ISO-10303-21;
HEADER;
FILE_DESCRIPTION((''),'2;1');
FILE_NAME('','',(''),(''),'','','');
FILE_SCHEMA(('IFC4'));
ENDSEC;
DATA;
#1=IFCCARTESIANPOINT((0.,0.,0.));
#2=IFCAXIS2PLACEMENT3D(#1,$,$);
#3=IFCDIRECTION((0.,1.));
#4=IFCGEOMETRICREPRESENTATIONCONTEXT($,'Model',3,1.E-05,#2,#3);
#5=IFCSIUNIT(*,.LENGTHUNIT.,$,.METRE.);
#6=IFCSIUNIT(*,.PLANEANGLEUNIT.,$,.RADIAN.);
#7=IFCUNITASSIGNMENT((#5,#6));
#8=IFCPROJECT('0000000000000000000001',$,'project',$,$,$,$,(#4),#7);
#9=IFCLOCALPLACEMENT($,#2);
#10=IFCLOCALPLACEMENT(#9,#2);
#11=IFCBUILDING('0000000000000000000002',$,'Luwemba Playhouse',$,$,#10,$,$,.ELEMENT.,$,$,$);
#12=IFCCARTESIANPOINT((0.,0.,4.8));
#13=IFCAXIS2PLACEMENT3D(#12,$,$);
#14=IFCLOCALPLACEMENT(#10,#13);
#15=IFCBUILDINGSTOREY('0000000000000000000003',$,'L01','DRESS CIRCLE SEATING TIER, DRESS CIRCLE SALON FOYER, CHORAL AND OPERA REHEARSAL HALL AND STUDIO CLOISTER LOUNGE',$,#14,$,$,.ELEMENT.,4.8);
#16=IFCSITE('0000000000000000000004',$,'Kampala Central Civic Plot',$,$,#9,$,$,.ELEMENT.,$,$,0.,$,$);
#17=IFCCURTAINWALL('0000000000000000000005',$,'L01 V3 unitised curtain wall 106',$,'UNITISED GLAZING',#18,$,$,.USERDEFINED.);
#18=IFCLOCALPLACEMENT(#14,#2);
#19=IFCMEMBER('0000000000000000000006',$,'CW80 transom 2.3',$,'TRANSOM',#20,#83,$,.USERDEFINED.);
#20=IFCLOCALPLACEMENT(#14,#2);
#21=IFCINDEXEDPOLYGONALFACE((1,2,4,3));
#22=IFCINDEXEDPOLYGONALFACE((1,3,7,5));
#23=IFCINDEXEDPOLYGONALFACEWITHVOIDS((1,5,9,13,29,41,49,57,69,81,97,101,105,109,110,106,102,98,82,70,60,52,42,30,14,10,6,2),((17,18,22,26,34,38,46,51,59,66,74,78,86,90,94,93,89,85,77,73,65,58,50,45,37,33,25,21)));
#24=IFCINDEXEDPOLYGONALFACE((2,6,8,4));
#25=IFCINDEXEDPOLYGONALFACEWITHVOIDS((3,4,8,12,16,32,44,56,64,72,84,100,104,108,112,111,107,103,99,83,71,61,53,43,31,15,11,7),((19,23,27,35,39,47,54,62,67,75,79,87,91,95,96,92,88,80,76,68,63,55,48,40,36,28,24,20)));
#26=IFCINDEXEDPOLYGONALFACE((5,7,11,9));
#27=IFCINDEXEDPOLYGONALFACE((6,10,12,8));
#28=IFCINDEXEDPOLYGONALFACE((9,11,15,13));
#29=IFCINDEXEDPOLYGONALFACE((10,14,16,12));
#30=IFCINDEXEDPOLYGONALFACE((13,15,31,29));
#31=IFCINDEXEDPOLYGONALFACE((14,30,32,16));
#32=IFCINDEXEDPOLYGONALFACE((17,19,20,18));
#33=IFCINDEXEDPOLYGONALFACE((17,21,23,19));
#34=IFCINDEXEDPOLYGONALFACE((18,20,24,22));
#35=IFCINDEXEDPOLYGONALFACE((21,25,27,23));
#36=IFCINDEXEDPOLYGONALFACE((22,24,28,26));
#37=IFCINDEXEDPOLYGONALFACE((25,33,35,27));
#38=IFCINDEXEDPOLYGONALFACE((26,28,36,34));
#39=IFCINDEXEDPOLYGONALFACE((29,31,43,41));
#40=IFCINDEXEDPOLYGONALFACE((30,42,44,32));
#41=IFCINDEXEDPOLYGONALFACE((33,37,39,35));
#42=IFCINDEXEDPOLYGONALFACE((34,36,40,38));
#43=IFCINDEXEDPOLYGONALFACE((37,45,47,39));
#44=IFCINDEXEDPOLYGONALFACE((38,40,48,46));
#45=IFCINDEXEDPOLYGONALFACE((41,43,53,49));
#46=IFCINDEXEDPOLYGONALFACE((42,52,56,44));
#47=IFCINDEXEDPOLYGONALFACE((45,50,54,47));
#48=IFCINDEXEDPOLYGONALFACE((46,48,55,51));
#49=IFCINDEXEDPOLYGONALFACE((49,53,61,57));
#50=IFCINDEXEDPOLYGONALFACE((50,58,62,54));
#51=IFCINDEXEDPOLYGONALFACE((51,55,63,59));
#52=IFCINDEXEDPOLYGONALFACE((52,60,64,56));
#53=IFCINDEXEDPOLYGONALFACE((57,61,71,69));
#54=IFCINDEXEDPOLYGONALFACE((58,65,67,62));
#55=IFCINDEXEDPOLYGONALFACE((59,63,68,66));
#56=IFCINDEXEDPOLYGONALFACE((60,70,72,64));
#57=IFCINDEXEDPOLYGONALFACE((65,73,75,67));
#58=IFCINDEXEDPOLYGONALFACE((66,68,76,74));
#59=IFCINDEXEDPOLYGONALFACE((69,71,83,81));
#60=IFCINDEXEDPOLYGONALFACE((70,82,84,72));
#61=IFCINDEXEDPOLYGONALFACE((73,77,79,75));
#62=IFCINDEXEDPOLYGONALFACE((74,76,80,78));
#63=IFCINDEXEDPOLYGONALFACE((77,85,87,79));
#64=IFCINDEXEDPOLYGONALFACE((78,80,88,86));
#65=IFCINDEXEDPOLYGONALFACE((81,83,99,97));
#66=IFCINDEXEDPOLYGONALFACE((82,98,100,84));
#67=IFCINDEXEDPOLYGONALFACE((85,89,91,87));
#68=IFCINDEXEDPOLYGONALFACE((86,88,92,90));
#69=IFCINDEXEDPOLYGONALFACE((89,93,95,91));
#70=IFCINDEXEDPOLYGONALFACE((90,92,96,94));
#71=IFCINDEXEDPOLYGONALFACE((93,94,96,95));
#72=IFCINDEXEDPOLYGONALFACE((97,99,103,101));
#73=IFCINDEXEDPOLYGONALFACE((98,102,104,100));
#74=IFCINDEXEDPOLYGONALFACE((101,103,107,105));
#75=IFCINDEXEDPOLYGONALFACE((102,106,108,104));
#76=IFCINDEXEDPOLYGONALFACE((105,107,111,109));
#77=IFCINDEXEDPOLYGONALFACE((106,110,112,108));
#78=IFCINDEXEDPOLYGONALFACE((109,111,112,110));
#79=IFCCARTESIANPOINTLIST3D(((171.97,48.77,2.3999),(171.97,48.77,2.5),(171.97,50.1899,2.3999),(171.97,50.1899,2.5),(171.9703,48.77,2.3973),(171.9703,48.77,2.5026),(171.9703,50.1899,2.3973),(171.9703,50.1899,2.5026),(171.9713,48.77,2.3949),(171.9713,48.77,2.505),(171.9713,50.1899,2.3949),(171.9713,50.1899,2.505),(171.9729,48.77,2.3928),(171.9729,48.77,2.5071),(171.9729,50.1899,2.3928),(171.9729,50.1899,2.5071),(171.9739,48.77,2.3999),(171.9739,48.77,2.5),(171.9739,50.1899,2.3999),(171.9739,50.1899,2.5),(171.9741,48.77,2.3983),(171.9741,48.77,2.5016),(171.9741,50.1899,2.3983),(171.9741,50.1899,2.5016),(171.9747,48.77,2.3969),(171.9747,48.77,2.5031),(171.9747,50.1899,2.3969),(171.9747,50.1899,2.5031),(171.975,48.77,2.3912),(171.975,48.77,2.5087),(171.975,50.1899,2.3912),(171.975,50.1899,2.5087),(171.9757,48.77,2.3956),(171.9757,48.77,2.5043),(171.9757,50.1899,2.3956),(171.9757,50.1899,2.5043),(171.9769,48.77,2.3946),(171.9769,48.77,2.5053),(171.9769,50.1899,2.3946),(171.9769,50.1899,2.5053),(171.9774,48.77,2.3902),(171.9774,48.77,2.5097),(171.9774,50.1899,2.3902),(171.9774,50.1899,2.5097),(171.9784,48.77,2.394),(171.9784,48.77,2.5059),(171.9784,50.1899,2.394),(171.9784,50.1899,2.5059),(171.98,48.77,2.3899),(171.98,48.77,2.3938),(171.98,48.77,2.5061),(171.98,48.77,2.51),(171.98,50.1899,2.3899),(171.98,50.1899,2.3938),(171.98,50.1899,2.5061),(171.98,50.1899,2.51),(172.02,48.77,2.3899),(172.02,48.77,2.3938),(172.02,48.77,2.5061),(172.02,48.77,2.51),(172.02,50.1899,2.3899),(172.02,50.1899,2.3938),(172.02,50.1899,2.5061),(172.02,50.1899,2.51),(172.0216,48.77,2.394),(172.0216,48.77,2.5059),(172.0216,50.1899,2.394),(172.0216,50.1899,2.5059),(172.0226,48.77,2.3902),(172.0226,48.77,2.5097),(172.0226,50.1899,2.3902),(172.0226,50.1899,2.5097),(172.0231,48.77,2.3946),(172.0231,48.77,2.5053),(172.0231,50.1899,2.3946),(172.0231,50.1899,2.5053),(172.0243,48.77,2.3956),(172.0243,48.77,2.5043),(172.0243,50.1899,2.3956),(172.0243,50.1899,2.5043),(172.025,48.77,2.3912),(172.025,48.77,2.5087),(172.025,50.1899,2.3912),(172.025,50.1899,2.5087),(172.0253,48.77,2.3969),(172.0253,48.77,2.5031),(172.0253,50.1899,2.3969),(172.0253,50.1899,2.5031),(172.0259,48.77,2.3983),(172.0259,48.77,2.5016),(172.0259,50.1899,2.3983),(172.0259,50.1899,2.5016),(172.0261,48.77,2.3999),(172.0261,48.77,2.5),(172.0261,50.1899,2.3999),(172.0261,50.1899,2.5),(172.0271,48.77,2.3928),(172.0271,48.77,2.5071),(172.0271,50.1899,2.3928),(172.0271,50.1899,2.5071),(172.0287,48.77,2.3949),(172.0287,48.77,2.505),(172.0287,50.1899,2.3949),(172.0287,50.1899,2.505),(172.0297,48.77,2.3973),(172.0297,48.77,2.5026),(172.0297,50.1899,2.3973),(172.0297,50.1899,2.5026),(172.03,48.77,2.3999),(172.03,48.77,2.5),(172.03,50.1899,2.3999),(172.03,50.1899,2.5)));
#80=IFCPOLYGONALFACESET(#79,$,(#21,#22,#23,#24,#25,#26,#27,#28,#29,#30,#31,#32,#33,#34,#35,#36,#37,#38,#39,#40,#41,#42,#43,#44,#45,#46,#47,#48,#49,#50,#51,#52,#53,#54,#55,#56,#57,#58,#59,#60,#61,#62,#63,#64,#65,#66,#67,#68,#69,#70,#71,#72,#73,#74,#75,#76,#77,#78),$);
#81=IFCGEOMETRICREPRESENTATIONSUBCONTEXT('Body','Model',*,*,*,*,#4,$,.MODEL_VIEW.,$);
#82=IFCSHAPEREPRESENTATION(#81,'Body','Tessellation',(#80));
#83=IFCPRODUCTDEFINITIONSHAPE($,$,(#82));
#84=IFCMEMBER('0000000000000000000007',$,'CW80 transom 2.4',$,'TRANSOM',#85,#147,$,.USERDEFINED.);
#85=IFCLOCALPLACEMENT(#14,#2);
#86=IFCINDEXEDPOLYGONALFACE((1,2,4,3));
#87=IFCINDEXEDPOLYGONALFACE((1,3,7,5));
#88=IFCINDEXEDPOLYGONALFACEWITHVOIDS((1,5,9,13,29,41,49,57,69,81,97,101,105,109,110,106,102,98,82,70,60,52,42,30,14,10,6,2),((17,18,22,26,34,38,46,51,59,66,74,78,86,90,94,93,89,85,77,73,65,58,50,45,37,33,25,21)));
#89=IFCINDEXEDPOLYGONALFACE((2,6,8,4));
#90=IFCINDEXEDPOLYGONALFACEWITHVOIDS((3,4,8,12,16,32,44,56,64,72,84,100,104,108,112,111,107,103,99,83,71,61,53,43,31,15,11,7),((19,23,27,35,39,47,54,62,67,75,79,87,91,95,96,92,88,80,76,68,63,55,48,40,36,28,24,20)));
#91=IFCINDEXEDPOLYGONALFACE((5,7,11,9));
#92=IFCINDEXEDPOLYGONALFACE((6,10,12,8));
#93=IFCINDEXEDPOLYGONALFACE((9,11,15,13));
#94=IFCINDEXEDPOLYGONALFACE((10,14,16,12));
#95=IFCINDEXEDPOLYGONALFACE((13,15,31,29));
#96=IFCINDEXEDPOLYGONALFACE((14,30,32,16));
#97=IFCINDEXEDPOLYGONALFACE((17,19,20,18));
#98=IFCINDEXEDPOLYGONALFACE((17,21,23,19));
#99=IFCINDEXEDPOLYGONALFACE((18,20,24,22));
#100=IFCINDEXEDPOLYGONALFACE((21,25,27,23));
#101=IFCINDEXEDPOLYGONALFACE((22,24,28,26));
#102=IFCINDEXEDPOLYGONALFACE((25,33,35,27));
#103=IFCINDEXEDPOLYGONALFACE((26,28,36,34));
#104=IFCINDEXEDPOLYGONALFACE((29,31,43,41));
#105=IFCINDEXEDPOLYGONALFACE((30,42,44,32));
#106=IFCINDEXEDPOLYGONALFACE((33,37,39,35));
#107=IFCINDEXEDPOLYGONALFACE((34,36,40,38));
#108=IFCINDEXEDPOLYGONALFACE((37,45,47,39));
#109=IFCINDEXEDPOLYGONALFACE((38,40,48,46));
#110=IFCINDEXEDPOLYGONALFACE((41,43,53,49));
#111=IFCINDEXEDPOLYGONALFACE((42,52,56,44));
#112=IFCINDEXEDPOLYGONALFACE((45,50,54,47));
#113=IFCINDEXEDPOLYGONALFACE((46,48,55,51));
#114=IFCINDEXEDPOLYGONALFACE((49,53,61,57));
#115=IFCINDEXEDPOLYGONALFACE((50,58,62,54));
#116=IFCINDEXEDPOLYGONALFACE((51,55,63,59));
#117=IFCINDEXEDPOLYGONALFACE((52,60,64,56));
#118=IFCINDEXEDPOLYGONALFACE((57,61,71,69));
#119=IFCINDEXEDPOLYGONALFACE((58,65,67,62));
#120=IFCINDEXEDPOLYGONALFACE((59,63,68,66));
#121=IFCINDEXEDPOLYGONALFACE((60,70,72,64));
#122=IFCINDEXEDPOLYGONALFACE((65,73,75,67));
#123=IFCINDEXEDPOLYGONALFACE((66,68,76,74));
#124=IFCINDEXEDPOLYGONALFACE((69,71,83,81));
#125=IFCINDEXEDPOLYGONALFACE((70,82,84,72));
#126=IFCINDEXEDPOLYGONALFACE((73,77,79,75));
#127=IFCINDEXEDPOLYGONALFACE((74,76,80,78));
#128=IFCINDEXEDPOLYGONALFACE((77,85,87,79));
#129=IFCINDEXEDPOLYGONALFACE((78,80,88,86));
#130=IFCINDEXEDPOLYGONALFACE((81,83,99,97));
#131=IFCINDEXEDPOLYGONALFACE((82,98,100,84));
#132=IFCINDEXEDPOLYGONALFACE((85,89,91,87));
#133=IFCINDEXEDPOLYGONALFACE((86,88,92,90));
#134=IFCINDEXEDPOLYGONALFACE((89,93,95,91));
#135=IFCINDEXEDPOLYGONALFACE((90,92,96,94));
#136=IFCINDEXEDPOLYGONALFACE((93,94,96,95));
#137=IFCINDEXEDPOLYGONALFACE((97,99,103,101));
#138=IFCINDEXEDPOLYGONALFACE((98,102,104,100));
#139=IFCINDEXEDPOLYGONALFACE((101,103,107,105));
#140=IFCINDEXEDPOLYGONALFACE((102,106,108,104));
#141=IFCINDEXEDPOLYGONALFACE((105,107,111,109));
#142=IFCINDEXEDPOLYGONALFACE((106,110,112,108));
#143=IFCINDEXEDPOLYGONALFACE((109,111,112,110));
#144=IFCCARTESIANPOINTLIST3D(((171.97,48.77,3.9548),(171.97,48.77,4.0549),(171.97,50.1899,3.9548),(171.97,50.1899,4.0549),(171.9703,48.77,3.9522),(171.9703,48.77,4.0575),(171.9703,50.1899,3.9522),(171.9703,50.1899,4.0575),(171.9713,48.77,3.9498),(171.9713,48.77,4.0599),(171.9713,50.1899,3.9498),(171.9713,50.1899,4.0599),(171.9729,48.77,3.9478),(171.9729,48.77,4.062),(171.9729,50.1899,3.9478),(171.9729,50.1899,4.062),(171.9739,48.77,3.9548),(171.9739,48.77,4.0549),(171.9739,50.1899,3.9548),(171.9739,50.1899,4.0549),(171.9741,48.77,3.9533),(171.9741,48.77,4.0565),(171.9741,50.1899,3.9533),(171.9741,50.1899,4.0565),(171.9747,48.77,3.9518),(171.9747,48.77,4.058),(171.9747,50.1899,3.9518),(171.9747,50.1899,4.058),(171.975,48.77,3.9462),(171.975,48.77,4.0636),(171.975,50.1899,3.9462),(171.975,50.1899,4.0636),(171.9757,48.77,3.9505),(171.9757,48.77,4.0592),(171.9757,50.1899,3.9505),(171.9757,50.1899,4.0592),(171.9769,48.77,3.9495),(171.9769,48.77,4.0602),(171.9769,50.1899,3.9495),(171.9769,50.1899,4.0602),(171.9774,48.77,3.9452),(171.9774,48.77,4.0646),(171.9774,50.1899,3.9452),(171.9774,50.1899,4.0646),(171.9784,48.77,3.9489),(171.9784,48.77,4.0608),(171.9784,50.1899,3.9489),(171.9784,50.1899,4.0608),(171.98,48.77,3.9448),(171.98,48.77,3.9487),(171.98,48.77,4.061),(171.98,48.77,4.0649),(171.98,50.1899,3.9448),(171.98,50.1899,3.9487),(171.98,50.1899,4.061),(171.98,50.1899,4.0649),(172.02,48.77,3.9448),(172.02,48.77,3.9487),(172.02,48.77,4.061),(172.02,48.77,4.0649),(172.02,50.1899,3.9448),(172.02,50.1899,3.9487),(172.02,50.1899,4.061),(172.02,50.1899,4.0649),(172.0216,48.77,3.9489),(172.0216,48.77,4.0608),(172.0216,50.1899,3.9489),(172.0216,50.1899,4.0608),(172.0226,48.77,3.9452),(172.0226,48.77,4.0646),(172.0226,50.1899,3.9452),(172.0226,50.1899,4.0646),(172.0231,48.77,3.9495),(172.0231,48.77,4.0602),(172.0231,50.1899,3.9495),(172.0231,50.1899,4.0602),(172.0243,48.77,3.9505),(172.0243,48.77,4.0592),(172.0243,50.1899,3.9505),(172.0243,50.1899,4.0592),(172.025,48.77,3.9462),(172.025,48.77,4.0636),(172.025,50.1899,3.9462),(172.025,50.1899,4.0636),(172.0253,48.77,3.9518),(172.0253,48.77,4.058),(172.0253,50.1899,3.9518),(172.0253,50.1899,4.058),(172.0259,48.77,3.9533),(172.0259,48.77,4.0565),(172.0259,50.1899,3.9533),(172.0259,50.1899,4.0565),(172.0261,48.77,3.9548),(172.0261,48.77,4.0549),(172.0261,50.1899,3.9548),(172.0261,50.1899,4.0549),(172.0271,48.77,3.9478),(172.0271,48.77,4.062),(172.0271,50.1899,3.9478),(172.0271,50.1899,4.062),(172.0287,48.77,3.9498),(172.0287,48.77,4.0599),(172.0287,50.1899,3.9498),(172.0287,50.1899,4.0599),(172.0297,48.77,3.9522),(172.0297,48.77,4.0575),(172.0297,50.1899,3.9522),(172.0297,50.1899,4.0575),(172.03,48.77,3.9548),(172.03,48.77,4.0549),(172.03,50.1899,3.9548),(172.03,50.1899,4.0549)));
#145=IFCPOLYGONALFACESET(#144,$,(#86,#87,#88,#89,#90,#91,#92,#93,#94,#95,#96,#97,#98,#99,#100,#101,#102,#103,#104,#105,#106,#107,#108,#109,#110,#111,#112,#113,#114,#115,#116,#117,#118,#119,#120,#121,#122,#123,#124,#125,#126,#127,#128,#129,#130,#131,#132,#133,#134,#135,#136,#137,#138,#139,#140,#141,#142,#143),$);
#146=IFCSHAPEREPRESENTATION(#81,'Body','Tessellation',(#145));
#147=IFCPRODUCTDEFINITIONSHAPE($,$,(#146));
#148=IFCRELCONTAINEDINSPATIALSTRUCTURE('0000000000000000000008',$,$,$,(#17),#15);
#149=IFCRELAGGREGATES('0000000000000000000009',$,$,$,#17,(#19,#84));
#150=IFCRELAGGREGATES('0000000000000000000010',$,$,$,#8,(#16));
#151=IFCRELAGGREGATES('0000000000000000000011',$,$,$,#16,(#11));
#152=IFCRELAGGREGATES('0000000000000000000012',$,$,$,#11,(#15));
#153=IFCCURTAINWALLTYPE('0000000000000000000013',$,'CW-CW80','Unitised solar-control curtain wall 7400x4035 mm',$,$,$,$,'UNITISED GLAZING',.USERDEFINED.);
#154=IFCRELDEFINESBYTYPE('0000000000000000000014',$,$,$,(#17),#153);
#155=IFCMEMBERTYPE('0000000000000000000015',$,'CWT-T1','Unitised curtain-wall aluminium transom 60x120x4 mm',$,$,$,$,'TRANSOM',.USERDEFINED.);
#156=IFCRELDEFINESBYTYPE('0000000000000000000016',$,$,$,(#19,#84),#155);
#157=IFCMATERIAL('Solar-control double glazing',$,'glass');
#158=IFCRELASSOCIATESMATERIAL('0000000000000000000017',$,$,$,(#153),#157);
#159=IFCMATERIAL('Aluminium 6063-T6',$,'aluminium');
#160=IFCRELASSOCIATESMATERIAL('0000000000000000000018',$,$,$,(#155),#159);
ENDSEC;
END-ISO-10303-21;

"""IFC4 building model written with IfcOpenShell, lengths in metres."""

from ifc_helpers import new_model, si_unit, direction, frame, origin, origin_2d, place, context, subcontext, project, spatial, hollow_rectangle, extrude, material, material_profile, profile_set, type_object, element, aggregate, save


model = new_model("IFC4")

# Units and contexts
model_context = context("Model", 3, precision=1e-05, world=origin(), true_north=direction((0.0, 1.0)))
body_context = subcontext(model_context, "Body", "Model", "MODEL_VIEW")
ifc_project = project(units=[si_unit("LENGTHUNIT", "METRE"), si_unit("PLANEANGLEUNIT", "RADIAN")], contexts=[model_context])

# Site, building, storey
site_placement = place(None, origin())
site = spatial("IfcSite", under=ifc_project, at=site_placement, Name="Kampala Central Civic Plot", CompositionType="ELEMENT", RefElevation=0.0)
building_placement = place(site_placement, origin())
building = spatial("IfcBuilding", under=site, at=building_placement, Name="Luwemba Playhouse", CompositionType="ELEMENT")
storey_placement = place(building_placement, frame((0.0, 0.0, 4.8)))
storey = spatial("IfcBuildingStorey", under=building, at=storey_placement, Name="L01", Description="DRESS CIRCLE SEATING TIER, DRESS CIRCLE SALON FOYER, CHORAL AND OPERA REHEARSAL HALL AND STUDIO CLOISTER LOUNGE", CompositionType="ELEMENT", Elevation=4.8)

# Curtain wall, members
ifc_material_1 = material(Name="Solar-control double glazing", Category="glass")
curtain_wall_type = type_object("IfcCurtainWallType", Name="CW-CW80", Description="Unitised solar-control curtain wall 7400x4035 mm", ElementType="UNITISED GLAZING", PredefinedType="USERDEFINED", material=ifc_material_1)
curtain_wall_placement = place(storey_placement, origin())
curtain_wall = element("IfcCurtainWall", 1, at=curtain_wall_placement, inside=storey, type_object=curtain_wall_type, Name="L01 V3 unitised curtain wall 106", ObjectType="UNITISED GLAZING", PredefinedType="USERDEFINED")
ifc_material_2 = material(Name="Aluminium 6063-T6", Category="aluminium")
ifc_material_profile_1 = material_profile(ifc_material_2, hollow_rectangle(XDim=0.0601, YDim=0.1201, WallThickness=0.0039, InnerFilletRadius=0.0061, OuterFilletRadius=0.01, at=origin_2d()))
ifc_profile_set_1 = profile_set([ifc_material_profile_1], Name="Aluminium 6063-T6")
member_type_1 = type_object("IfcMemberType", Name="CWT-T1", Description="Unitised curtain-wall aluminium transom 60x120x4 mm", ElementType="TRANSOM", PredefinedType="USERDEFINED", material=ifc_profile_set_1)
member_1_placement = place(storey_placement, frame((172.0, 50.1899, 2.45), z_axis=(0.0, -1.0, 0.0), x_axis=(1.0, 0.0, 0.0)))
member_1 = element("IfcMember", 2, at=member_1_placement, type_object=member_type_1, Name="CW80 transom 2.3", ObjectType="TRANSOM", PredefinedType="USERDEFINED", context=body_context, shape_type="SweptSolid", body=[
    extrude(hollow_rectangle(XDim=0.0601, YDim=0.1201, WallThickness=0.0039, InnerFilletRadius=0.0061, OuterFilletRadius=0.01, at=origin_2d()), origin(), (0.0, 0.0, 1.0), 1.4199),
])
member_2_placement = place(storey_placement, frame((172.0, 50.1899, 4.0049), z_axis=(0.0, -1.0, 0.0), x_axis=(1.0, 0.0, 0.0)))
member_2 = element("IfcMember", 3, at=member_2_placement, type_object=member_type_1, Name="CW80 transom 2.4", ObjectType="TRANSOM", PredefinedType="USERDEFINED", context=body_context, shape_type="SweptSolid", body=[
    extrude(hollow_rectangle(XDim=0.0601, YDim=0.1201, WallThickness=0.0039, InnerFilletRadius=0.0061, OuterFilletRadius=0.01, at=origin_2d()), origin(), (0.0, 0.0, 1.0), 1.4199),
])
aggregate(curtain_wall, [member_1, member_2])

save(model, "model.ifc")
